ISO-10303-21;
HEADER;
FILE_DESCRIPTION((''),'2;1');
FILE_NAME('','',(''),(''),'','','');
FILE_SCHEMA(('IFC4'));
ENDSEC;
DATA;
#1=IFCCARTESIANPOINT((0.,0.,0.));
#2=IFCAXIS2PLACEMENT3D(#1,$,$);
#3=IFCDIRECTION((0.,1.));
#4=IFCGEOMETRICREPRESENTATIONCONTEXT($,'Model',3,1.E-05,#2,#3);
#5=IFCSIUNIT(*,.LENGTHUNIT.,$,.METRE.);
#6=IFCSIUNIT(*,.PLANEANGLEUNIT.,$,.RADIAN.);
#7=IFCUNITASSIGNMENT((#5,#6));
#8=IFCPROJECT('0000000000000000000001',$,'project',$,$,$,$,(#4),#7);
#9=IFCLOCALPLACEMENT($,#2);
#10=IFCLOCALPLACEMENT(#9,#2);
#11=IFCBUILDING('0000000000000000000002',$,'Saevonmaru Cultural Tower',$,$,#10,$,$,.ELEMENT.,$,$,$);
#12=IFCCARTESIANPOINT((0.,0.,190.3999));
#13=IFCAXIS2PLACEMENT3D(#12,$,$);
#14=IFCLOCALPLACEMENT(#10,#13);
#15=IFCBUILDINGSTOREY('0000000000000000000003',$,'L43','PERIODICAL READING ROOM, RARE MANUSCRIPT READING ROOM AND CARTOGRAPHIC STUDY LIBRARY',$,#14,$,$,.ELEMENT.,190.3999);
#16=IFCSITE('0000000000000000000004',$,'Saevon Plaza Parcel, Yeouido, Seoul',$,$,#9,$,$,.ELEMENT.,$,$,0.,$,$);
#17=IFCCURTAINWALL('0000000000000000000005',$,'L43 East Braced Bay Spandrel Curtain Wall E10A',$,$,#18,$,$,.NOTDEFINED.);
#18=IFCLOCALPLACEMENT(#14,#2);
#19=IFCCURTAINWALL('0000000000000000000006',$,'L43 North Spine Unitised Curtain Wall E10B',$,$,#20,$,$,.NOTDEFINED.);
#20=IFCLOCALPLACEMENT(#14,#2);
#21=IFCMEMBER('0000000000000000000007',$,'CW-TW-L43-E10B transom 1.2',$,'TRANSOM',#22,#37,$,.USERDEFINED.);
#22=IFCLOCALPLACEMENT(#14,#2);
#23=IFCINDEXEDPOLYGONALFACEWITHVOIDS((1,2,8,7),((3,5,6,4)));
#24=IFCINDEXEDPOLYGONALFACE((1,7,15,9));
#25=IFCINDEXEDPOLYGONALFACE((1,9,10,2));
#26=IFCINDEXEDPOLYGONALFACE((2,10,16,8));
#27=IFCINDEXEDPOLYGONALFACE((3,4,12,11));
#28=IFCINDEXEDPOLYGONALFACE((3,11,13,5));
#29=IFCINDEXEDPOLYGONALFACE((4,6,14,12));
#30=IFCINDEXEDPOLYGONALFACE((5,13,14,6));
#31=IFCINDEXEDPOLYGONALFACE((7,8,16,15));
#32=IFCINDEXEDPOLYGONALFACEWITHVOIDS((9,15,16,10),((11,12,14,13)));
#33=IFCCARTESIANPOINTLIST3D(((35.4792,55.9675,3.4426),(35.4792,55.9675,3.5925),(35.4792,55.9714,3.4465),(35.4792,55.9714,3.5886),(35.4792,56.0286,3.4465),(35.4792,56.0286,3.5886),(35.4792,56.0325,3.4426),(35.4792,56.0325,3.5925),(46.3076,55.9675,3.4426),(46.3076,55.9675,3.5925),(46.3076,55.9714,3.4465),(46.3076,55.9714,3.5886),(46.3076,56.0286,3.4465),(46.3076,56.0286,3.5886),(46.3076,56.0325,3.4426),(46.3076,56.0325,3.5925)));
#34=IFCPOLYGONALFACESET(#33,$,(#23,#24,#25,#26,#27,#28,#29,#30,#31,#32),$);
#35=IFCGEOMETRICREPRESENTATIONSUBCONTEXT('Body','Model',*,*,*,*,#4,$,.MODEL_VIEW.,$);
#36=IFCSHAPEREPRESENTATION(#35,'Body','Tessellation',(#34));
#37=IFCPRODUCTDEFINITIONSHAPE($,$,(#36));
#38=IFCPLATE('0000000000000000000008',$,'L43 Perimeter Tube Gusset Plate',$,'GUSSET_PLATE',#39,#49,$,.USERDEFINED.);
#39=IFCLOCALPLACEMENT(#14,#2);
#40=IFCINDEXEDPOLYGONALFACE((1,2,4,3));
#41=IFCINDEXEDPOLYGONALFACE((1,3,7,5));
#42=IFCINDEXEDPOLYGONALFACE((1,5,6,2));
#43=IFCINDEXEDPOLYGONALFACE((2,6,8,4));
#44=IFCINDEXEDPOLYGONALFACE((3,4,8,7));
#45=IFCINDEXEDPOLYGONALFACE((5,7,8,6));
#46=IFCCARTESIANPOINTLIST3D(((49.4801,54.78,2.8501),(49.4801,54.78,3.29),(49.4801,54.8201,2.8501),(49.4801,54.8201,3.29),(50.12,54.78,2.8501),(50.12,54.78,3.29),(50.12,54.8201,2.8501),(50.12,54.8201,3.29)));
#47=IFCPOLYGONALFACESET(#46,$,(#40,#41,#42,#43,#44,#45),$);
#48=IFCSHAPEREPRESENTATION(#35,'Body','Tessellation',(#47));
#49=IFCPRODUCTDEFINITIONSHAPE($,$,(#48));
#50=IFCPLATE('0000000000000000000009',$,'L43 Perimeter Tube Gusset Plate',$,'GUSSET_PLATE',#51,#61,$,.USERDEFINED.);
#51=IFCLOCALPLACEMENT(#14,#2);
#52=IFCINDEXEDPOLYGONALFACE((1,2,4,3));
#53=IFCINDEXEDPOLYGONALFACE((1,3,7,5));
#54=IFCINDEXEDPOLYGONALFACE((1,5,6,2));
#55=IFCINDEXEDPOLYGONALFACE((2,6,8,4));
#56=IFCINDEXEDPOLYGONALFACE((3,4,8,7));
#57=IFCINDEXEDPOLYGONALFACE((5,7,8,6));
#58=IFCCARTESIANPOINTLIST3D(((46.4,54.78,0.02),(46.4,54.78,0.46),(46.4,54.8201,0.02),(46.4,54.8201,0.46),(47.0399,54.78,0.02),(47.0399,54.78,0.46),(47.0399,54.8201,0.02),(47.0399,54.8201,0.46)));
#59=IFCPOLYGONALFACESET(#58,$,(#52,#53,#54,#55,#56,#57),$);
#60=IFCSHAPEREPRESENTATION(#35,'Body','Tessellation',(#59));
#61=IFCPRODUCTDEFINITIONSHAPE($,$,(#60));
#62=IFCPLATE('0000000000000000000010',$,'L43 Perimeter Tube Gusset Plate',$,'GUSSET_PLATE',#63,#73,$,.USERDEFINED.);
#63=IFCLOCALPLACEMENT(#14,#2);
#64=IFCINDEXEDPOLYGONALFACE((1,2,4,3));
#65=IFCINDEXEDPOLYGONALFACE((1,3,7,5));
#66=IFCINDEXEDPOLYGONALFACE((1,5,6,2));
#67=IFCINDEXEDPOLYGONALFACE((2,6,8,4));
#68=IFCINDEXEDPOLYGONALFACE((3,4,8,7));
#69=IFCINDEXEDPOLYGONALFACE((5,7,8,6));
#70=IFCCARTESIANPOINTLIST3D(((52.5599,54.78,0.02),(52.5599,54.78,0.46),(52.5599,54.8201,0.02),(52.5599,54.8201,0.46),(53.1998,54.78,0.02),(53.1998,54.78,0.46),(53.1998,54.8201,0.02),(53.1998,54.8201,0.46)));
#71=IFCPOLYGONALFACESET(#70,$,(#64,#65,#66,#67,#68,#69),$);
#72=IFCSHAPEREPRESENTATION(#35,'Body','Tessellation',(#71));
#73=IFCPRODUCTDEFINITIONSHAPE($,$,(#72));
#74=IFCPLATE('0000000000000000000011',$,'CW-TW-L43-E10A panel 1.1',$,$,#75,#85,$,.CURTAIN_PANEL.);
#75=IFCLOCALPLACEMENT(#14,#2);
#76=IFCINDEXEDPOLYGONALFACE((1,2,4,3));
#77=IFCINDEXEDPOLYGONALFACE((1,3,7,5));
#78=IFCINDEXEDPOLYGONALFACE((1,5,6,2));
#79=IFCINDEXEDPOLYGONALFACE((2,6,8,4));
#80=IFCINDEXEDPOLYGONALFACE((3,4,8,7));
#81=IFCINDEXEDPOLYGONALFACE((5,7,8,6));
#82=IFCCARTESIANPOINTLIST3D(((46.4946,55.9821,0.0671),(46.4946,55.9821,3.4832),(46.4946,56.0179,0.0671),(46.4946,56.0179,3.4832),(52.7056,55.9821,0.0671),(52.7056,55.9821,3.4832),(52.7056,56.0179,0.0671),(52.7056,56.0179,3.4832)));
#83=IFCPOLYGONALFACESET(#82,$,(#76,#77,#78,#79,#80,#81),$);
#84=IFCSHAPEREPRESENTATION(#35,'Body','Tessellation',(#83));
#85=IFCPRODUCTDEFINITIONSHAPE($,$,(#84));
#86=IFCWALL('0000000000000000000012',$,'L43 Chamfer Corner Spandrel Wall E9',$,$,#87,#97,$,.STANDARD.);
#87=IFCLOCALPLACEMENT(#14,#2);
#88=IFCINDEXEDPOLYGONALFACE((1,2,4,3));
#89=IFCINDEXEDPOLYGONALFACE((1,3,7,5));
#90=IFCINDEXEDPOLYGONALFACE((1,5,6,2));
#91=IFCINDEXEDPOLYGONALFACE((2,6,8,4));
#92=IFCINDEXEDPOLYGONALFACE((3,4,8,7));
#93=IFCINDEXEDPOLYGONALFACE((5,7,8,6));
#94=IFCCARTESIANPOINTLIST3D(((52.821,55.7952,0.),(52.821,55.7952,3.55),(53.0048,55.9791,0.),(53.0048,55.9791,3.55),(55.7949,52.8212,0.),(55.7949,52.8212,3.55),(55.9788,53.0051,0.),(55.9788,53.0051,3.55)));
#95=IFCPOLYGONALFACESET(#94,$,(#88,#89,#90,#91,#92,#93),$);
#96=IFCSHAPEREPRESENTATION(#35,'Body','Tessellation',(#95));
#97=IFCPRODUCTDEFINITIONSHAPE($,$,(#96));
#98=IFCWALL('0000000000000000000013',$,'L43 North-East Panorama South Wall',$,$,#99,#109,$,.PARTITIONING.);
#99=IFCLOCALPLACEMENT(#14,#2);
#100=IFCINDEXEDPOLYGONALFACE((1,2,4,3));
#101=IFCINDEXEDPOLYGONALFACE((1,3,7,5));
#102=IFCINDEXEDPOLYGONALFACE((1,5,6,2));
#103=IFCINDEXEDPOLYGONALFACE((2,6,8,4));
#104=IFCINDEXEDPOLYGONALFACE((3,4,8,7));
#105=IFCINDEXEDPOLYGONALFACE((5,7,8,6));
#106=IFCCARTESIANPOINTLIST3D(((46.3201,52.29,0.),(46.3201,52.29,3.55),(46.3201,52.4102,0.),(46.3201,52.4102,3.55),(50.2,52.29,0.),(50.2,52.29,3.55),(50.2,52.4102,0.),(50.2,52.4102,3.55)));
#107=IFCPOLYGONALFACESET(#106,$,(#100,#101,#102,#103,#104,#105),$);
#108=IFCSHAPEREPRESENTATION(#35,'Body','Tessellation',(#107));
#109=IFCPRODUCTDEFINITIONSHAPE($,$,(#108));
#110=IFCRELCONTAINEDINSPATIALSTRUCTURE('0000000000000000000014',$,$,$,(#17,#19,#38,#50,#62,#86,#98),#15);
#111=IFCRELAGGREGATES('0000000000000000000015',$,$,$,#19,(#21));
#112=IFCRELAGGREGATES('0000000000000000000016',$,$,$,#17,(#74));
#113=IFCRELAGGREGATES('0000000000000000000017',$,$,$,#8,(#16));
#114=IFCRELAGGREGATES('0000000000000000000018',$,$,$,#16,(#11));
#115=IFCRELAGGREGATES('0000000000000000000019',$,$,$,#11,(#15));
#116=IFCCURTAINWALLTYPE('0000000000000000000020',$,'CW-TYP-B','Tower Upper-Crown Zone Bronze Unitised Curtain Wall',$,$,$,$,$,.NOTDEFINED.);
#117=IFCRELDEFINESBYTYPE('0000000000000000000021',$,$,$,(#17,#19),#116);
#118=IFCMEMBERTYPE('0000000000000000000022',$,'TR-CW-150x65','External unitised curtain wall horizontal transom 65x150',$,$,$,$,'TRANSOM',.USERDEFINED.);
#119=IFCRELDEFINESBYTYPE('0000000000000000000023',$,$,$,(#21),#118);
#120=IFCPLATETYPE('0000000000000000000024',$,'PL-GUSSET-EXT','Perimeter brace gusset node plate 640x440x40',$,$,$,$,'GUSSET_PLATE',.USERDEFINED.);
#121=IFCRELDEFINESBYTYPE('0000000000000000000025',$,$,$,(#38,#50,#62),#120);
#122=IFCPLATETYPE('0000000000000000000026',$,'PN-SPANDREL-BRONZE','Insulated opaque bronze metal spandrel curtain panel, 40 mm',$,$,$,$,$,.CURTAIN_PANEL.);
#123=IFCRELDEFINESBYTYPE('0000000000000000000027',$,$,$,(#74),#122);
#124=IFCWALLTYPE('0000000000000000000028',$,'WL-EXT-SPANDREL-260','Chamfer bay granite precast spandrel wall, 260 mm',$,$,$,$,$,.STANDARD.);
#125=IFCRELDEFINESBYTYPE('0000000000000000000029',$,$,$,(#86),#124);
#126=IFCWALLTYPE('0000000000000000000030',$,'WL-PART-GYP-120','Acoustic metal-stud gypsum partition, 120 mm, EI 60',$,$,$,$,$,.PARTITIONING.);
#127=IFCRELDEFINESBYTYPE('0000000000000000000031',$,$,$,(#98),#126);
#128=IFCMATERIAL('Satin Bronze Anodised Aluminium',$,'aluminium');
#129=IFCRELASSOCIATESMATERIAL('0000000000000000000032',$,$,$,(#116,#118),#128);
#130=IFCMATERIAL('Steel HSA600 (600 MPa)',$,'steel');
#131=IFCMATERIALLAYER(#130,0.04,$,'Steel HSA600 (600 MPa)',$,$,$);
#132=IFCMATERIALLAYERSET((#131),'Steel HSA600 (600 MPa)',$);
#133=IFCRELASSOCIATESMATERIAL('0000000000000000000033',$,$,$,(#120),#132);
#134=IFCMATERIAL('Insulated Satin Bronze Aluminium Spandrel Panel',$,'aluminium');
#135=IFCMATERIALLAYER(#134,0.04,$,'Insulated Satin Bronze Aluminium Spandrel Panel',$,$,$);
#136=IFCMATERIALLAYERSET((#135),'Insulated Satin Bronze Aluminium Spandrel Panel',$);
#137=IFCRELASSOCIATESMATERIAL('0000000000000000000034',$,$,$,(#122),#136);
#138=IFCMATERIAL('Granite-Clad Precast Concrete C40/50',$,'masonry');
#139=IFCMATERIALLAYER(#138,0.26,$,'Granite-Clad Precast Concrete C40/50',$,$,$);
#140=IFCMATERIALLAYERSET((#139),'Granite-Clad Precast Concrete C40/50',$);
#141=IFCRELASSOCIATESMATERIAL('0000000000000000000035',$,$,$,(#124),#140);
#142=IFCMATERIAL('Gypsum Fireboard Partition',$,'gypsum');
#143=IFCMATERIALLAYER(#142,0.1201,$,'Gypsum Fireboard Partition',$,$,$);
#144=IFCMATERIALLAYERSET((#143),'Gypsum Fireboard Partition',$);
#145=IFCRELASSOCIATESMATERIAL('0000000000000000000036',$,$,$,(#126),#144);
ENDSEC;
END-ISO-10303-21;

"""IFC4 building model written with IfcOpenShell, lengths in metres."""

from ifc_helpers import new_model, si_unit, direction, frame, frame_2d, origin, origin_2d, place, context, subcontext, project, spatial, rectangle, hollow_rectangle, extrude, material, layer, layer_set, material_profile, profile_set, type_object, element, aggregate, save


model = new_model("IFC4")

# Units and contexts
model_context = context("Model", 3, precision=1e-05, world=origin(), true_north=direction((0.0, 1.0)))
body_context = subcontext(model_context, "Body", "Model", "MODEL_VIEW")
ifc_project = project(units=[si_unit("LENGTHUNIT", "METRE"), si_unit("PLANEANGLEUNIT", "RADIAN")], contexts=[model_context])

# Site, building, storey
site_placement = place(None, origin())
site = spatial("IfcSite", under=ifc_project, at=site_placement, Name="Saevon Plaza Parcel, Yeouido, Seoul", CompositionType="ELEMENT", RefElevation=0.0)
building_placement = place(site_placement, origin())
building = spatial("IfcBuilding", under=site, at=building_placement, Name="Saevonmaru Cultural Tower", CompositionType="ELEMENT")
storey_placement = place(building_placement, frame((0.0, 0.0, 190.3999)))
storey = spatial("IfcBuildingStorey", under=building, at=storey_placement, Name="L43", Description="PERIODICAL READING ROOM, RARE MANUSCRIPT READING ROOM AND CARTOGRAPHIC STUDY LIBRARY", CompositionType="ELEMENT", Elevation=190.3999)

# Shared definitions
ifc_material_1 = material(Name="Satin Bronze Anodised Aluminium", Category="aluminium")
curtain_wall_type = type_object("IfcCurtainWallType", Name="CW-TYP-B", Description="Tower Upper-Crown Zone Bronze Unitised Curtain Wall", PredefinedType="NOTDEFINED", material=ifc_material_1)

# Curtain wall
curtain_wall_1_placement = place(storey_placement, origin())
curtain_wall_1 = element("IfcCurtainWall", 1, at=curtain_wall_1_placement, inside=storey, type_object=curtain_wall_type, Name="L43 East Braced Bay Spandrel Curtain Wall E10A", PredefinedType="NOTDEFINED")

# Curtain wall
curtain_wall_2_placement = place(storey_placement, origin())
curtain_wall_2 = element("IfcCurtainWall", 2, at=curtain_wall_2_placement, inside=storey, type_object=curtain_wall_type, Name="L43 North Spine Unitised Curtain Wall E10B", PredefinedType="NOTDEFINED")

# Member
ifc_material_profile_1 = material_profile(ifc_material_1, hollow_rectangle(XDim=0.0649, YDim=0.1499, WallThickness=0.0039, at=origin_2d()), Name="ALU-TRAN-150x65x4")
ifc_profile_set_1 = profile_set([ifc_material_profile_1], Name="Satin Bronze Anodised Aluminium")
member_type_1 = type_object("IfcMemberType", Name="TR-CW-150x65", Description="External unitised curtain wall horizontal transom 65x150", ElementType="TRANSOM", PredefinedType="USERDEFINED", material=ifc_profile_set_1)
member_1_placement = place(storey_placement, frame((46.3076, 56.0, 3.5176), z_axis=(-1.0, 0.0, 0.0), x_axis=(0.0, -1.0, 0.0)))
member_1 = element("IfcMember", 3, at=member_1_placement, type_object=member_type_1, Name="CW-TW-L43-E10B transom 1.2", ObjectType="TRANSOM", PredefinedType="USERDEFINED", context=body_context, shape_type="SweptSolid", body=[
    extrude(hollow_rectangle(XDim=0.0649, YDim=0.1499, WallThickness=0.0039, at=origin_2d()), origin(), (0.0, 0.0, 1.0), 10.8284),
])
aggregate(curtain_wall_2, [member_1])

# Plates
ifc_material_2 = material(Name="Steel HSA600 (600 MPa)", Category="steel")
ifc_layer_1 = layer(ifc_material_2, 0.04, Name="Steel HSA600 (600 MPa)")
ifc_layer_set_1 = layer_set([ifc_layer_1], Name="Steel HSA600 (600 MPa)")
plate_type_1 = type_object("IfcPlateType", Name="PL-GUSSET-EXT", Description="Perimeter brace gusset node plate 640x440x40", ElementType="GUSSET_PLATE", PredefinedType="USERDEFINED", material=ifc_layer_set_1)
for number, where, z_axis, x_axis, name in (
    (4, (49.8, 54.8, 2.8501), (0.0, 0.0, 1.0), (1.0, 0.0, 0.0), "L43 Perimeter Tube Gusset Plate"),
    (5, (46.72, 54.8, 0.02), (0.0, 0.0, 1.0), (1.0, 0.0, 0.0), "L43 Perimeter Tube Gusset Plate"),
    (6, (52.8799, 54.8, 0.02), (0.0, 0.0, 1.0), (1.0, 0.0, 0.0), "L43 Perimeter Tube Gusset Plate"),
):
    element("IfcPlate", number, at=place(storey_placement, frame(where, z_axis=z_axis, x_axis=x_axis)), inside=storey, type_object=plate_type_1, Name=name, ObjectType="GUSSET_PLATE", PredefinedType="USERDEFINED", context=body_context, shape_type="SweptSolid", body=[
        extrude(rectangle(XDim=0.6399, YDim=0.04, at=origin_2d()), origin(), (0.0, 0.0, 1.0), 0.4399),
    ])

# Plate
ifc_material_3 = material(Name="Insulated Satin Bronze Aluminium Spandrel Panel", Category="aluminium")
ifc_layer_2 = layer(ifc_material_3, 0.04, Name="Insulated Satin Bronze Aluminium Spandrel Panel")
ifc_layer_set_2 = layer_set([ifc_layer_2], Name="Insulated Satin Bronze Aluminium Spandrel Panel")
plate_type_2 = type_object("IfcPlateType", Name="PN-SPANDREL-BRONZE", Description="Insulated opaque bronze metal spandrel curtain panel, 40 mm", PredefinedType="CURTAIN_PANEL", material=ifc_layer_set_2)
plate_placement = place(storey_placement, frame((49.6001, 56.0, 0.0671), z_axis=(0.0, 0.0, 1.0), x_axis=(-1.0, 0.0, 0.0)))
plate = element("IfcPlate", 7, at=plate_placement, type_object=plate_type_2, Name="CW-TW-L43-E10A panel 1.1", PredefinedType="CURTAIN_PANEL", context=body_context, shape_type="SweptSolid", body=[
    extrude(rectangle(XDim=6.2109, YDim=0.0359, at=origin_2d()), origin(), (0.0, 0.0, 1.0), 3.416),
])
aggregate(curtain_wall_1, [plate])

# Walls
ifc_material_4 = material(Name="Granite-Clad Precast Concrete C40/50", Category="masonry")
ifc_layer_3 = layer(ifc_material_4, 0.26, Name="Granite-Clad Precast Concrete C40/50")
ifc_layer_set_3 = layer_set([ifc_layer_3], Name="Granite-Clad Precast Concrete C40/50")
wall_type_1 = type_object("IfcWallType", Name="WL-EXT-SPANDREL-260", Description="Chamfer bay granite precast spandrel wall, 260 mm", PredefinedType="STANDARD", material=ifc_layer_set_3)
wall_1_placement = place(storey_placement, frame((55.887, 52.9131, 0.0), z_axis=(0.0, 0.0, 1.0), x_axis=(-0.707107, 0.707107, 0.0)))
element("IfcWall", 8, at=wall_1_placement, inside=storey, type_object=wall_type_1, Name="L43 Chamfer Corner Spandrel Wall E9", PredefinedType="STANDARD", context=body_context, shape_type="SweptSolid", body=[
    extrude(rectangle(XDim=4.2058, YDim=0.26, at=frame_2d((2.103, 0.0))), origin(), (0.0, 0.0, 1.0), 3.55),
])
ifc_material_5 = material(Name="Gypsum Fireboard Partition", Category="gypsum")
ifc_layer_4 = layer(ifc_material_5, 0.1201, Name="Gypsum Fireboard Partition")
ifc_layer_set_4 = layer_set([ifc_layer_4], Name="Gypsum Fireboard Partition")
wall_type_2 = type_object("IfcWallType", Name="WL-PART-GYP-120", Description="Acoustic metal-stud gypsum partition, 120 mm, EI 60", PredefinedType="PARTITIONING", material=ifc_layer_set_4)
wall_2_placement = place(storey_placement, frame((46.3201, 52.3501, 0.0), z_axis=(0.0, 0.0, 1.0), x_axis=(1.0, 0.0, 0.0)))
element("IfcWall", 9, at=wall_2_placement, inside=storey, type_object=wall_type_2, Name="L43 North-East Panorama South Wall", PredefinedType="PARTITIONING", context=body_context, shape_type="SweptSolid", body=[
    extrude(rectangle(XDim=3.8799, YDim=0.1201, at=frame_2d((1.9399, 0.0))), origin(), (0.0, 0.0, 1.0), 3.55),
])

save(model, "model.ifc")
